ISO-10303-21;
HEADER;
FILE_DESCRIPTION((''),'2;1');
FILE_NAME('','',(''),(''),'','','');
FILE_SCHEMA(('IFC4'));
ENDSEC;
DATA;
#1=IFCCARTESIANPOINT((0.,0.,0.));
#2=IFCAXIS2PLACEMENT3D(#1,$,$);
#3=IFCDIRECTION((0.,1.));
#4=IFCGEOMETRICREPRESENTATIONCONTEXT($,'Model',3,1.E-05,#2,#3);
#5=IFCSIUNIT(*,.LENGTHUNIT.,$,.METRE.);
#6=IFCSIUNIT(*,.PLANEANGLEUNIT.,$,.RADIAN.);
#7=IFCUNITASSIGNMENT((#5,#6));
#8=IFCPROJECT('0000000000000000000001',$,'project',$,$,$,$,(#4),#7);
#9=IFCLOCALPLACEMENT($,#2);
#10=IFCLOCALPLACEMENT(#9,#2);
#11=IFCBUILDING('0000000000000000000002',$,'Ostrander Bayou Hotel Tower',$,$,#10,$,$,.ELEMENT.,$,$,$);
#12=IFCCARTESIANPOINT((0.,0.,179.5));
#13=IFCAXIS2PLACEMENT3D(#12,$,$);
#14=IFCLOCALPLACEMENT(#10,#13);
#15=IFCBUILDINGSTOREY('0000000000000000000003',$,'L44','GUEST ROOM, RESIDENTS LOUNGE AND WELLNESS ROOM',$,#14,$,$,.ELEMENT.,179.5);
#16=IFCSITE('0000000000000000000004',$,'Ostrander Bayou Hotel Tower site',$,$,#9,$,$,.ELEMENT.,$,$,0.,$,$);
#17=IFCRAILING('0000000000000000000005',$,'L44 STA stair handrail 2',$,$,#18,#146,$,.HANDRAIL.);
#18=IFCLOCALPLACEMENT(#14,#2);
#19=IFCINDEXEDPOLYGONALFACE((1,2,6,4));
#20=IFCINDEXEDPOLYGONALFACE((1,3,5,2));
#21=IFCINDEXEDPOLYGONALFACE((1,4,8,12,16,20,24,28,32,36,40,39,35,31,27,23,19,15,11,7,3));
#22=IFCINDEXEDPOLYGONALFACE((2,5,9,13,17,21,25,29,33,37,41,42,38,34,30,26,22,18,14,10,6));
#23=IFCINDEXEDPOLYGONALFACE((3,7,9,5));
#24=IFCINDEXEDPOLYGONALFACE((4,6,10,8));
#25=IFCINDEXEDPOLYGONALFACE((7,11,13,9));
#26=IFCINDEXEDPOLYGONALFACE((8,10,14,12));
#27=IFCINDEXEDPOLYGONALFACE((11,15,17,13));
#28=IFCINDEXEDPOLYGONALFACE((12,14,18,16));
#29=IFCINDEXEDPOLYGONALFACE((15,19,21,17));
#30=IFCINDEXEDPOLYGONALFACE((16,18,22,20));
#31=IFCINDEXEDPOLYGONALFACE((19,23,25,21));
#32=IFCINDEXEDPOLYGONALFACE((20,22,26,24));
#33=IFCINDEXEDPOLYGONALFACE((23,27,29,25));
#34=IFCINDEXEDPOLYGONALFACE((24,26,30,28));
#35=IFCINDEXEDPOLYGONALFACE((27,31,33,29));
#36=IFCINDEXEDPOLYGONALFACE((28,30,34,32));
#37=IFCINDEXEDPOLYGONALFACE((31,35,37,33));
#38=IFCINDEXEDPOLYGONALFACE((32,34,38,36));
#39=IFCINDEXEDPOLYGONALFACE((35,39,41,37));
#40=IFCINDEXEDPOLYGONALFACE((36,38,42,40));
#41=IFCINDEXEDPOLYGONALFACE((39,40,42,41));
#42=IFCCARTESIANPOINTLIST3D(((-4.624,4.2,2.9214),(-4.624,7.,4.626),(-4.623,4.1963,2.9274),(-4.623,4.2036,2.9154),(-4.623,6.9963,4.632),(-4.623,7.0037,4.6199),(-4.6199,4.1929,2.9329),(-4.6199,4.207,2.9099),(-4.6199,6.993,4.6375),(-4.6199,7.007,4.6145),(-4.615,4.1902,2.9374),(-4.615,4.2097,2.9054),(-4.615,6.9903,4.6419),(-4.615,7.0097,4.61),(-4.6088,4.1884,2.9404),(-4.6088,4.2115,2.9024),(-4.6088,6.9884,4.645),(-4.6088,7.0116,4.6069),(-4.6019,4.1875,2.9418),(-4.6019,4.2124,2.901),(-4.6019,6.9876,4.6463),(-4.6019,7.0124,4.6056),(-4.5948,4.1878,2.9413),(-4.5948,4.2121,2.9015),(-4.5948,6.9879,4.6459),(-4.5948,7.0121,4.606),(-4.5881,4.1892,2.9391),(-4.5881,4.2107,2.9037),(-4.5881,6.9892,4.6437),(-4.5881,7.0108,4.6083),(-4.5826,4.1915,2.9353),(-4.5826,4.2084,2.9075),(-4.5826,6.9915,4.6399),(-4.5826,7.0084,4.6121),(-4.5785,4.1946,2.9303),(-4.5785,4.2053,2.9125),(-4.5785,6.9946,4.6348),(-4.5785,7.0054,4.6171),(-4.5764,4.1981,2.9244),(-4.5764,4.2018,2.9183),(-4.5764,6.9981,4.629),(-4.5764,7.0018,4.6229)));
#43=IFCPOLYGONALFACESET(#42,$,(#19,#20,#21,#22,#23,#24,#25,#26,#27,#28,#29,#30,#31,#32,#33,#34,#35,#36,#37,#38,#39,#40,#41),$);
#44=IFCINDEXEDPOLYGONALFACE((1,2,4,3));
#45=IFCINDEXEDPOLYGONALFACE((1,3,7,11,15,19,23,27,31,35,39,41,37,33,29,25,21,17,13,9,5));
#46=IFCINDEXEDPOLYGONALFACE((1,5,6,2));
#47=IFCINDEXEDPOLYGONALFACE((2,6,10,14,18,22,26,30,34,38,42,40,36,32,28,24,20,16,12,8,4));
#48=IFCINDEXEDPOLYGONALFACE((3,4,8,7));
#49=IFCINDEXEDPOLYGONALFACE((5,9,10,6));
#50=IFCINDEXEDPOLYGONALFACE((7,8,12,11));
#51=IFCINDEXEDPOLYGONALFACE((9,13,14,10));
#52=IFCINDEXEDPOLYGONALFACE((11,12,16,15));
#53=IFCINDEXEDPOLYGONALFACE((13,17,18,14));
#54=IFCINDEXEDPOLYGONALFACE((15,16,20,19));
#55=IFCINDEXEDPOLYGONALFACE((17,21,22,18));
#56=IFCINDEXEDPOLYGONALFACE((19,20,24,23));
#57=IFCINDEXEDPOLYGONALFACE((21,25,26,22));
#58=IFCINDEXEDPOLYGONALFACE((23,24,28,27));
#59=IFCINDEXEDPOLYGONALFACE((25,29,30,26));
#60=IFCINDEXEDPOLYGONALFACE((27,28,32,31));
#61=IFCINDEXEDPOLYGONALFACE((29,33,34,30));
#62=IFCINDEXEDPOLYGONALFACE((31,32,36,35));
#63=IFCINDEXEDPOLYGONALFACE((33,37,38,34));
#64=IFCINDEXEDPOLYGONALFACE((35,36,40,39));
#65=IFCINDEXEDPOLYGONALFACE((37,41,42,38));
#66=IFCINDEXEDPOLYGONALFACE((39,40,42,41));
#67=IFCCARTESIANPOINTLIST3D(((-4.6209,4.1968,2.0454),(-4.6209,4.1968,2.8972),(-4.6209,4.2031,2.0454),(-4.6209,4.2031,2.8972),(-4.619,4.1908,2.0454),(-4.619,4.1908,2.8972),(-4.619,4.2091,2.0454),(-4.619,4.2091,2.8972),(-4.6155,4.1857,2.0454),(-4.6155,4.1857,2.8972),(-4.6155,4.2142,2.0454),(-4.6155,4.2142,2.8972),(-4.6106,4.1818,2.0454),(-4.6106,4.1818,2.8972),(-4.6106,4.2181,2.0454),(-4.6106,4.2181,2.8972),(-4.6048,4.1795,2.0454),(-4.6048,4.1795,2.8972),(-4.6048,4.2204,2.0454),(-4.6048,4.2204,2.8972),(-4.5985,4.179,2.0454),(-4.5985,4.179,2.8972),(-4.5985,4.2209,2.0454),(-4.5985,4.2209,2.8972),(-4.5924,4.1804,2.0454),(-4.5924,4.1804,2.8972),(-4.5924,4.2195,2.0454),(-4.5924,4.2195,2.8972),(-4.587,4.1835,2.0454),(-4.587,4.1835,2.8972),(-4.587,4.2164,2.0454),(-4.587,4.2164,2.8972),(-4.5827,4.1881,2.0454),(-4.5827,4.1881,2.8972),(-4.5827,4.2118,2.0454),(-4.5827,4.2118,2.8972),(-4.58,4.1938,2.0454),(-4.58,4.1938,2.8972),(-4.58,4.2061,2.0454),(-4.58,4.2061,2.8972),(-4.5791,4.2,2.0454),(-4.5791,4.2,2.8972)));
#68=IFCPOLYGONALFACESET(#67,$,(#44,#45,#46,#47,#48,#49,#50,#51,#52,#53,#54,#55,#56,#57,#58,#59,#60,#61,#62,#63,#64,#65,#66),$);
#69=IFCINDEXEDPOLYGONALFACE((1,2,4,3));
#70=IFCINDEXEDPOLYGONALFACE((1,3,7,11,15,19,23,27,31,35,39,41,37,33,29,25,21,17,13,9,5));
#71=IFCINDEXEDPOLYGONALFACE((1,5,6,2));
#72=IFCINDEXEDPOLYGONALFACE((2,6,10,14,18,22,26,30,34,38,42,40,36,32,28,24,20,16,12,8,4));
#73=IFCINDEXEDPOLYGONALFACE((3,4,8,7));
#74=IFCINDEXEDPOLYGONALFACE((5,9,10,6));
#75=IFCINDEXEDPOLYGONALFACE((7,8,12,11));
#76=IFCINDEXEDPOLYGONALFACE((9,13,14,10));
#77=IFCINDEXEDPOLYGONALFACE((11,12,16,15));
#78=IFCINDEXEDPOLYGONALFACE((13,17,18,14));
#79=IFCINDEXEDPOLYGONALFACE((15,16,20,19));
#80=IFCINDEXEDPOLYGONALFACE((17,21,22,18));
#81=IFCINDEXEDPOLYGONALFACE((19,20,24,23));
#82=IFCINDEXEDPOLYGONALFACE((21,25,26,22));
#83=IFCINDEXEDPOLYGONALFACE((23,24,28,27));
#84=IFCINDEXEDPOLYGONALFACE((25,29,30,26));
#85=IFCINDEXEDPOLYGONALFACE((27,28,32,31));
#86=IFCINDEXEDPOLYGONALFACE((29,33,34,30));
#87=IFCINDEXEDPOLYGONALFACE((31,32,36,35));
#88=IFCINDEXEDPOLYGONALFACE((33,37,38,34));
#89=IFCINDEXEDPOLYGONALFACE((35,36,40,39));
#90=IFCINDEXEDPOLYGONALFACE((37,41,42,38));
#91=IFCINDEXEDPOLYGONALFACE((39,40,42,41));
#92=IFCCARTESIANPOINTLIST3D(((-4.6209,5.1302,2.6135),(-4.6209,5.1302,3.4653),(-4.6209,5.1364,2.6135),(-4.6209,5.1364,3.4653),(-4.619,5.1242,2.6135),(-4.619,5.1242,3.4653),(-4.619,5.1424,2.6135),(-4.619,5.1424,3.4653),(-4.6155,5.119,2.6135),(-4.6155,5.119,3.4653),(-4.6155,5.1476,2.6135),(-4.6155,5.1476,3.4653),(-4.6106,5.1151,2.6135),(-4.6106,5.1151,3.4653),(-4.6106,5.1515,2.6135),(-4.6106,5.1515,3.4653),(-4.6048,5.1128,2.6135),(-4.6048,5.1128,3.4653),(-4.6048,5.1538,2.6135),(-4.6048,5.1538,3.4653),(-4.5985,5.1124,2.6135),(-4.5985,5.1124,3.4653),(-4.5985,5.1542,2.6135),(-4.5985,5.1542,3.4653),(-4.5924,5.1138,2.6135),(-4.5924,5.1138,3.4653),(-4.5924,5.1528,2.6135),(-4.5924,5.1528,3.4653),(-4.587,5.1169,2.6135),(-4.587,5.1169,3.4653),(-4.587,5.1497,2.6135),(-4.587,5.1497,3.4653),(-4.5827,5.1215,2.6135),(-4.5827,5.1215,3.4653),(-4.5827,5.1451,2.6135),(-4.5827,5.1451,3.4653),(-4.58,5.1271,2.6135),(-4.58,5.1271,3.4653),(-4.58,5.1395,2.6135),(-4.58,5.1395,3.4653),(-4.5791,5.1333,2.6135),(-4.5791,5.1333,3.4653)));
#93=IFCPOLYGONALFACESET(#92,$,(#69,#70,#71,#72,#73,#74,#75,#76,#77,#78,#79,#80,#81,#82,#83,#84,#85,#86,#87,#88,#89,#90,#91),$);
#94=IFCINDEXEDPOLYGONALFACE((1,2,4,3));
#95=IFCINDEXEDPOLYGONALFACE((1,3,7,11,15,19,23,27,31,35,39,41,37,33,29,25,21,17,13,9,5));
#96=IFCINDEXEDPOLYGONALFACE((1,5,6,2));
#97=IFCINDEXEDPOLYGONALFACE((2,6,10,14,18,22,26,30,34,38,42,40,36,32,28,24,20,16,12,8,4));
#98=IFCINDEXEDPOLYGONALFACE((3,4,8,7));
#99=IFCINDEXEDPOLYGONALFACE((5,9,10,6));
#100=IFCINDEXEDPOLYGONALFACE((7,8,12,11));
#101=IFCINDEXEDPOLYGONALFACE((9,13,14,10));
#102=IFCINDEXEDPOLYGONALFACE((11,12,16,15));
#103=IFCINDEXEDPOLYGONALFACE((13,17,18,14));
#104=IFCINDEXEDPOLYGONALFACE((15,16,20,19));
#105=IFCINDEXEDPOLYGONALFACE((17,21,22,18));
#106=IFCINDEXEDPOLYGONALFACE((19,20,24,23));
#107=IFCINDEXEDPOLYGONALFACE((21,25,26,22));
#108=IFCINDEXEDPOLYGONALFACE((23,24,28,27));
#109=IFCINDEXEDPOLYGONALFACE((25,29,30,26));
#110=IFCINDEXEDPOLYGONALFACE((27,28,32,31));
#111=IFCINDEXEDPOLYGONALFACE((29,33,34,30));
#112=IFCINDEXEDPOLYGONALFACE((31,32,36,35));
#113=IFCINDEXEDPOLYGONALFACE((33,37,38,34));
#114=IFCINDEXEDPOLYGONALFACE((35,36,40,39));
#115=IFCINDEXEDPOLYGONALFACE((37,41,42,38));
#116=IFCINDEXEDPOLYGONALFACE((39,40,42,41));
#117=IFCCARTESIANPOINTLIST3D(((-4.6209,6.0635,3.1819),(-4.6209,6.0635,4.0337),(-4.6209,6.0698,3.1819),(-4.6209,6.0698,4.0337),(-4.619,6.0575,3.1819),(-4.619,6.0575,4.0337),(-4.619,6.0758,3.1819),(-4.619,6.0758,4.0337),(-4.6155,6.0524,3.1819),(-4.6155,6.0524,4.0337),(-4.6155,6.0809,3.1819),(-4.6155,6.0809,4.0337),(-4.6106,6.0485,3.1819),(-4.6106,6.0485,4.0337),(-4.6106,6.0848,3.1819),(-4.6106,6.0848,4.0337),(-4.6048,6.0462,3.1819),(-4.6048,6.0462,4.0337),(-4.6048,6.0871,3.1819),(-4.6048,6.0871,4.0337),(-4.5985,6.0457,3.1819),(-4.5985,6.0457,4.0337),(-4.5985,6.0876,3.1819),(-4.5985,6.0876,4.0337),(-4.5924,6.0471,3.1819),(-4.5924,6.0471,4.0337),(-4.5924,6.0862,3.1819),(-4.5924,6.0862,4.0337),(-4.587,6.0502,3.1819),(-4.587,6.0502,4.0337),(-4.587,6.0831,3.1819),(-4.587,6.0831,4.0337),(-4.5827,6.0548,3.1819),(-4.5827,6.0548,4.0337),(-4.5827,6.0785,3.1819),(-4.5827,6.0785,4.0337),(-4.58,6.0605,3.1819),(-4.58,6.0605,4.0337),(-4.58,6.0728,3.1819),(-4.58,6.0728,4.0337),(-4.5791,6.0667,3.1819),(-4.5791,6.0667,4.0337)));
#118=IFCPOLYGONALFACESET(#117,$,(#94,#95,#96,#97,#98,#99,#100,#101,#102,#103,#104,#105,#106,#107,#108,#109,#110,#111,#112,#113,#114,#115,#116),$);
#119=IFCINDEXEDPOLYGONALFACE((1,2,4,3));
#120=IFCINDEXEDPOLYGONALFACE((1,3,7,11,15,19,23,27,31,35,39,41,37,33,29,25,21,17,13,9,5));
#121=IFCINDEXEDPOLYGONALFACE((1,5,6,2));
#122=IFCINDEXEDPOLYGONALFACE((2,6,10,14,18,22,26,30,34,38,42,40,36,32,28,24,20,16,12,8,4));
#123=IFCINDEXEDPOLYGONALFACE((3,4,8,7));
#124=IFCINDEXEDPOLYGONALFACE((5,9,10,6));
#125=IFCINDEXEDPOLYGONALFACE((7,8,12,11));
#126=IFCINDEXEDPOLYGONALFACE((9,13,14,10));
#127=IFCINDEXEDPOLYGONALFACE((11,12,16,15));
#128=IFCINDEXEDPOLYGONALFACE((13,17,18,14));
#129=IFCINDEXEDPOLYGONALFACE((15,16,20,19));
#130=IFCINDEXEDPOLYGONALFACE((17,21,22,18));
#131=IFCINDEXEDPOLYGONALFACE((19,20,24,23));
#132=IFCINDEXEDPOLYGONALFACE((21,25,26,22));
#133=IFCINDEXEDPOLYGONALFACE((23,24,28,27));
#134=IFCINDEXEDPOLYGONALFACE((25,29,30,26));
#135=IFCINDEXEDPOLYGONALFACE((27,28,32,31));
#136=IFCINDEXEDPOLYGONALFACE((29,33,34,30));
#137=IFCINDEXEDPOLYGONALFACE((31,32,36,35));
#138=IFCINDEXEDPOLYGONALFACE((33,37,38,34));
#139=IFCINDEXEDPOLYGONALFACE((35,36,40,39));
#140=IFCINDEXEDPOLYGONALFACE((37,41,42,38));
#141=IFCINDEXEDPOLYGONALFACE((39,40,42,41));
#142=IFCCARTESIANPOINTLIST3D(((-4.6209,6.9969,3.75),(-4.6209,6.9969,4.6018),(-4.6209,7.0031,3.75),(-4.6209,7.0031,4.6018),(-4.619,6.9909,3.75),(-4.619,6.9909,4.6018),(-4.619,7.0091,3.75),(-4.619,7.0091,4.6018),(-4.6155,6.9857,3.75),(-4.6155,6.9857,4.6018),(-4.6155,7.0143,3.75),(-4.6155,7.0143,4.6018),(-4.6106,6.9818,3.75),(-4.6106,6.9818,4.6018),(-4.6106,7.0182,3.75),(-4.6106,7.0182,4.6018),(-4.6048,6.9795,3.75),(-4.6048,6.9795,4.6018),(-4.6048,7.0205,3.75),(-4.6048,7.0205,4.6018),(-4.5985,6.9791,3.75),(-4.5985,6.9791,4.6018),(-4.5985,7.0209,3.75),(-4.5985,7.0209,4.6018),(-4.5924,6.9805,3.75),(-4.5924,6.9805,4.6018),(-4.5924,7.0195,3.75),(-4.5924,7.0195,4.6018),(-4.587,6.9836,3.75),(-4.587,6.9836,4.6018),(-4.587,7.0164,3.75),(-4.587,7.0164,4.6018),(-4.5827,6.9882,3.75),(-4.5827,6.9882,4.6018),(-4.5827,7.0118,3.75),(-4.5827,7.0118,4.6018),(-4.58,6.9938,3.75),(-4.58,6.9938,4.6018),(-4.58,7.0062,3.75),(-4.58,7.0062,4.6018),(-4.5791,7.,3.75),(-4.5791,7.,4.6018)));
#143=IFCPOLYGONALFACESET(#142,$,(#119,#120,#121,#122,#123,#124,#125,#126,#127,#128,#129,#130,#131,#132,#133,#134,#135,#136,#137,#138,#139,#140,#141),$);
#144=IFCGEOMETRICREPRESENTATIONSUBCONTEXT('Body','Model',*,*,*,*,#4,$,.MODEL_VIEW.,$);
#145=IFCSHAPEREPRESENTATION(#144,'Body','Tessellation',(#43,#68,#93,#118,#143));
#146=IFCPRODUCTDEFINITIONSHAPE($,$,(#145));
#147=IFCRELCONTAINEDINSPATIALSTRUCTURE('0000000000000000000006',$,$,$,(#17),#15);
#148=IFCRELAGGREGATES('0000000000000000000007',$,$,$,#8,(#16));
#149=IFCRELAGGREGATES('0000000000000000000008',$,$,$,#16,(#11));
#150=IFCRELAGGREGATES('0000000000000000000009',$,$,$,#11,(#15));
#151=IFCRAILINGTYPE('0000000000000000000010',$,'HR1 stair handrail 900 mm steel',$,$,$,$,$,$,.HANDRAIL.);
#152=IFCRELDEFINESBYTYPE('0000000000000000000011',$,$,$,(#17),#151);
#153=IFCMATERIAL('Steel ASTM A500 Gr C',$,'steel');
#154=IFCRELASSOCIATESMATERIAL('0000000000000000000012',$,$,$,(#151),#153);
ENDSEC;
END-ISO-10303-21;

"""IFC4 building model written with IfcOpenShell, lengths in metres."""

from ifc_helpers import new_model, si_unit, direction, frame, origin, origin_2d, place, context, subcontext, project, spatial, circle, extrude, material, type_object, element, save


model = new_model("IFC4")

# Units and contexts
model_context = context("Model", 3, precision=1e-05, world=origin(), true_north=direction((0.0, 1.0)))
body_context = subcontext(model_context, "Body", "Model", "MODEL_VIEW")
ifc_project = project(units=[si_unit("LENGTHUNIT", "METRE"), si_unit("PLANEANGLEUNIT", "RADIAN")], contexts=[model_context])

# Site, building, storey
site_placement = place(None, origin())
site = spatial("IfcSite", under=ifc_project, at=site_placement, Name="Ostrander Bayou Hotel Tower site", CompositionType="ELEMENT", RefElevation=0.0)
building_placement = place(site_placement, origin())
building = spatial("IfcBuilding", under=site, at=building_placement, Name="Ostrander Bayou Hotel Tower", CompositionType="ELEMENT")
storey_placement = place(building_placement, frame((0.0, 0.0, 179.5)))
storey = spatial("IfcBuildingStorey", under=building, at=storey_placement, Name="L44", Description="GUEST ROOM, RESIDENTS LOUNGE AND WELLNESS ROOM", CompositionType="ELEMENT", Elevation=179.5)

# Railing
ifc_material_1 = material(Name="Steel ASTM A500 Gr C", Category="steel")
railing_type_1 = type_object("IfcRailingType", Name="HR1 stair handrail 900 mm steel", PredefinedType="HANDRAIL", material=ifc_material_1)
railing_1_placement = place(storey_placement, frame((-4.6001, 4.2, 2.0454)))
element("IfcRailing", 1, at=railing_1_placement, inside=storey, type_object=railing_type_1, Name="L44 STA stair handrail 2", PredefinedType="HANDRAIL", context=body_context, shape_type="SweptSolid", body=[
    extrude(circle(Radius=0.0239, at=origin_2d()), frame((0.0, 0.0, 0.876), z_axis=(0.0, 0.85417, 0.519994), x_axis=(-1.0, 0.0, 0.0)), (0.0, 0.0, 1.0), 3.2781),
    extrude(circle(Radius=0.021, at=origin_2d()), origin(), (0.0, 0.0, 1.0), 0.8518),
    extrude(circle(Radius=0.021, at=origin_2d()), frame((0.0, 0.9333, 0.5681)), (0.0, 0.0, 1.0), 0.8518),
    extrude(circle(Radius=0.021, at=origin_2d()), frame((0.0, 1.8667, 1.1365)), (0.0, 0.0, 1.0), 0.8518),
    extrude(circle(Radius=0.021, at=origin_2d()), frame((0.0, 2.8, 1.7046)), (0.0, 0.0, 1.0), 0.8518),
])

save(model, "model.ifc")
